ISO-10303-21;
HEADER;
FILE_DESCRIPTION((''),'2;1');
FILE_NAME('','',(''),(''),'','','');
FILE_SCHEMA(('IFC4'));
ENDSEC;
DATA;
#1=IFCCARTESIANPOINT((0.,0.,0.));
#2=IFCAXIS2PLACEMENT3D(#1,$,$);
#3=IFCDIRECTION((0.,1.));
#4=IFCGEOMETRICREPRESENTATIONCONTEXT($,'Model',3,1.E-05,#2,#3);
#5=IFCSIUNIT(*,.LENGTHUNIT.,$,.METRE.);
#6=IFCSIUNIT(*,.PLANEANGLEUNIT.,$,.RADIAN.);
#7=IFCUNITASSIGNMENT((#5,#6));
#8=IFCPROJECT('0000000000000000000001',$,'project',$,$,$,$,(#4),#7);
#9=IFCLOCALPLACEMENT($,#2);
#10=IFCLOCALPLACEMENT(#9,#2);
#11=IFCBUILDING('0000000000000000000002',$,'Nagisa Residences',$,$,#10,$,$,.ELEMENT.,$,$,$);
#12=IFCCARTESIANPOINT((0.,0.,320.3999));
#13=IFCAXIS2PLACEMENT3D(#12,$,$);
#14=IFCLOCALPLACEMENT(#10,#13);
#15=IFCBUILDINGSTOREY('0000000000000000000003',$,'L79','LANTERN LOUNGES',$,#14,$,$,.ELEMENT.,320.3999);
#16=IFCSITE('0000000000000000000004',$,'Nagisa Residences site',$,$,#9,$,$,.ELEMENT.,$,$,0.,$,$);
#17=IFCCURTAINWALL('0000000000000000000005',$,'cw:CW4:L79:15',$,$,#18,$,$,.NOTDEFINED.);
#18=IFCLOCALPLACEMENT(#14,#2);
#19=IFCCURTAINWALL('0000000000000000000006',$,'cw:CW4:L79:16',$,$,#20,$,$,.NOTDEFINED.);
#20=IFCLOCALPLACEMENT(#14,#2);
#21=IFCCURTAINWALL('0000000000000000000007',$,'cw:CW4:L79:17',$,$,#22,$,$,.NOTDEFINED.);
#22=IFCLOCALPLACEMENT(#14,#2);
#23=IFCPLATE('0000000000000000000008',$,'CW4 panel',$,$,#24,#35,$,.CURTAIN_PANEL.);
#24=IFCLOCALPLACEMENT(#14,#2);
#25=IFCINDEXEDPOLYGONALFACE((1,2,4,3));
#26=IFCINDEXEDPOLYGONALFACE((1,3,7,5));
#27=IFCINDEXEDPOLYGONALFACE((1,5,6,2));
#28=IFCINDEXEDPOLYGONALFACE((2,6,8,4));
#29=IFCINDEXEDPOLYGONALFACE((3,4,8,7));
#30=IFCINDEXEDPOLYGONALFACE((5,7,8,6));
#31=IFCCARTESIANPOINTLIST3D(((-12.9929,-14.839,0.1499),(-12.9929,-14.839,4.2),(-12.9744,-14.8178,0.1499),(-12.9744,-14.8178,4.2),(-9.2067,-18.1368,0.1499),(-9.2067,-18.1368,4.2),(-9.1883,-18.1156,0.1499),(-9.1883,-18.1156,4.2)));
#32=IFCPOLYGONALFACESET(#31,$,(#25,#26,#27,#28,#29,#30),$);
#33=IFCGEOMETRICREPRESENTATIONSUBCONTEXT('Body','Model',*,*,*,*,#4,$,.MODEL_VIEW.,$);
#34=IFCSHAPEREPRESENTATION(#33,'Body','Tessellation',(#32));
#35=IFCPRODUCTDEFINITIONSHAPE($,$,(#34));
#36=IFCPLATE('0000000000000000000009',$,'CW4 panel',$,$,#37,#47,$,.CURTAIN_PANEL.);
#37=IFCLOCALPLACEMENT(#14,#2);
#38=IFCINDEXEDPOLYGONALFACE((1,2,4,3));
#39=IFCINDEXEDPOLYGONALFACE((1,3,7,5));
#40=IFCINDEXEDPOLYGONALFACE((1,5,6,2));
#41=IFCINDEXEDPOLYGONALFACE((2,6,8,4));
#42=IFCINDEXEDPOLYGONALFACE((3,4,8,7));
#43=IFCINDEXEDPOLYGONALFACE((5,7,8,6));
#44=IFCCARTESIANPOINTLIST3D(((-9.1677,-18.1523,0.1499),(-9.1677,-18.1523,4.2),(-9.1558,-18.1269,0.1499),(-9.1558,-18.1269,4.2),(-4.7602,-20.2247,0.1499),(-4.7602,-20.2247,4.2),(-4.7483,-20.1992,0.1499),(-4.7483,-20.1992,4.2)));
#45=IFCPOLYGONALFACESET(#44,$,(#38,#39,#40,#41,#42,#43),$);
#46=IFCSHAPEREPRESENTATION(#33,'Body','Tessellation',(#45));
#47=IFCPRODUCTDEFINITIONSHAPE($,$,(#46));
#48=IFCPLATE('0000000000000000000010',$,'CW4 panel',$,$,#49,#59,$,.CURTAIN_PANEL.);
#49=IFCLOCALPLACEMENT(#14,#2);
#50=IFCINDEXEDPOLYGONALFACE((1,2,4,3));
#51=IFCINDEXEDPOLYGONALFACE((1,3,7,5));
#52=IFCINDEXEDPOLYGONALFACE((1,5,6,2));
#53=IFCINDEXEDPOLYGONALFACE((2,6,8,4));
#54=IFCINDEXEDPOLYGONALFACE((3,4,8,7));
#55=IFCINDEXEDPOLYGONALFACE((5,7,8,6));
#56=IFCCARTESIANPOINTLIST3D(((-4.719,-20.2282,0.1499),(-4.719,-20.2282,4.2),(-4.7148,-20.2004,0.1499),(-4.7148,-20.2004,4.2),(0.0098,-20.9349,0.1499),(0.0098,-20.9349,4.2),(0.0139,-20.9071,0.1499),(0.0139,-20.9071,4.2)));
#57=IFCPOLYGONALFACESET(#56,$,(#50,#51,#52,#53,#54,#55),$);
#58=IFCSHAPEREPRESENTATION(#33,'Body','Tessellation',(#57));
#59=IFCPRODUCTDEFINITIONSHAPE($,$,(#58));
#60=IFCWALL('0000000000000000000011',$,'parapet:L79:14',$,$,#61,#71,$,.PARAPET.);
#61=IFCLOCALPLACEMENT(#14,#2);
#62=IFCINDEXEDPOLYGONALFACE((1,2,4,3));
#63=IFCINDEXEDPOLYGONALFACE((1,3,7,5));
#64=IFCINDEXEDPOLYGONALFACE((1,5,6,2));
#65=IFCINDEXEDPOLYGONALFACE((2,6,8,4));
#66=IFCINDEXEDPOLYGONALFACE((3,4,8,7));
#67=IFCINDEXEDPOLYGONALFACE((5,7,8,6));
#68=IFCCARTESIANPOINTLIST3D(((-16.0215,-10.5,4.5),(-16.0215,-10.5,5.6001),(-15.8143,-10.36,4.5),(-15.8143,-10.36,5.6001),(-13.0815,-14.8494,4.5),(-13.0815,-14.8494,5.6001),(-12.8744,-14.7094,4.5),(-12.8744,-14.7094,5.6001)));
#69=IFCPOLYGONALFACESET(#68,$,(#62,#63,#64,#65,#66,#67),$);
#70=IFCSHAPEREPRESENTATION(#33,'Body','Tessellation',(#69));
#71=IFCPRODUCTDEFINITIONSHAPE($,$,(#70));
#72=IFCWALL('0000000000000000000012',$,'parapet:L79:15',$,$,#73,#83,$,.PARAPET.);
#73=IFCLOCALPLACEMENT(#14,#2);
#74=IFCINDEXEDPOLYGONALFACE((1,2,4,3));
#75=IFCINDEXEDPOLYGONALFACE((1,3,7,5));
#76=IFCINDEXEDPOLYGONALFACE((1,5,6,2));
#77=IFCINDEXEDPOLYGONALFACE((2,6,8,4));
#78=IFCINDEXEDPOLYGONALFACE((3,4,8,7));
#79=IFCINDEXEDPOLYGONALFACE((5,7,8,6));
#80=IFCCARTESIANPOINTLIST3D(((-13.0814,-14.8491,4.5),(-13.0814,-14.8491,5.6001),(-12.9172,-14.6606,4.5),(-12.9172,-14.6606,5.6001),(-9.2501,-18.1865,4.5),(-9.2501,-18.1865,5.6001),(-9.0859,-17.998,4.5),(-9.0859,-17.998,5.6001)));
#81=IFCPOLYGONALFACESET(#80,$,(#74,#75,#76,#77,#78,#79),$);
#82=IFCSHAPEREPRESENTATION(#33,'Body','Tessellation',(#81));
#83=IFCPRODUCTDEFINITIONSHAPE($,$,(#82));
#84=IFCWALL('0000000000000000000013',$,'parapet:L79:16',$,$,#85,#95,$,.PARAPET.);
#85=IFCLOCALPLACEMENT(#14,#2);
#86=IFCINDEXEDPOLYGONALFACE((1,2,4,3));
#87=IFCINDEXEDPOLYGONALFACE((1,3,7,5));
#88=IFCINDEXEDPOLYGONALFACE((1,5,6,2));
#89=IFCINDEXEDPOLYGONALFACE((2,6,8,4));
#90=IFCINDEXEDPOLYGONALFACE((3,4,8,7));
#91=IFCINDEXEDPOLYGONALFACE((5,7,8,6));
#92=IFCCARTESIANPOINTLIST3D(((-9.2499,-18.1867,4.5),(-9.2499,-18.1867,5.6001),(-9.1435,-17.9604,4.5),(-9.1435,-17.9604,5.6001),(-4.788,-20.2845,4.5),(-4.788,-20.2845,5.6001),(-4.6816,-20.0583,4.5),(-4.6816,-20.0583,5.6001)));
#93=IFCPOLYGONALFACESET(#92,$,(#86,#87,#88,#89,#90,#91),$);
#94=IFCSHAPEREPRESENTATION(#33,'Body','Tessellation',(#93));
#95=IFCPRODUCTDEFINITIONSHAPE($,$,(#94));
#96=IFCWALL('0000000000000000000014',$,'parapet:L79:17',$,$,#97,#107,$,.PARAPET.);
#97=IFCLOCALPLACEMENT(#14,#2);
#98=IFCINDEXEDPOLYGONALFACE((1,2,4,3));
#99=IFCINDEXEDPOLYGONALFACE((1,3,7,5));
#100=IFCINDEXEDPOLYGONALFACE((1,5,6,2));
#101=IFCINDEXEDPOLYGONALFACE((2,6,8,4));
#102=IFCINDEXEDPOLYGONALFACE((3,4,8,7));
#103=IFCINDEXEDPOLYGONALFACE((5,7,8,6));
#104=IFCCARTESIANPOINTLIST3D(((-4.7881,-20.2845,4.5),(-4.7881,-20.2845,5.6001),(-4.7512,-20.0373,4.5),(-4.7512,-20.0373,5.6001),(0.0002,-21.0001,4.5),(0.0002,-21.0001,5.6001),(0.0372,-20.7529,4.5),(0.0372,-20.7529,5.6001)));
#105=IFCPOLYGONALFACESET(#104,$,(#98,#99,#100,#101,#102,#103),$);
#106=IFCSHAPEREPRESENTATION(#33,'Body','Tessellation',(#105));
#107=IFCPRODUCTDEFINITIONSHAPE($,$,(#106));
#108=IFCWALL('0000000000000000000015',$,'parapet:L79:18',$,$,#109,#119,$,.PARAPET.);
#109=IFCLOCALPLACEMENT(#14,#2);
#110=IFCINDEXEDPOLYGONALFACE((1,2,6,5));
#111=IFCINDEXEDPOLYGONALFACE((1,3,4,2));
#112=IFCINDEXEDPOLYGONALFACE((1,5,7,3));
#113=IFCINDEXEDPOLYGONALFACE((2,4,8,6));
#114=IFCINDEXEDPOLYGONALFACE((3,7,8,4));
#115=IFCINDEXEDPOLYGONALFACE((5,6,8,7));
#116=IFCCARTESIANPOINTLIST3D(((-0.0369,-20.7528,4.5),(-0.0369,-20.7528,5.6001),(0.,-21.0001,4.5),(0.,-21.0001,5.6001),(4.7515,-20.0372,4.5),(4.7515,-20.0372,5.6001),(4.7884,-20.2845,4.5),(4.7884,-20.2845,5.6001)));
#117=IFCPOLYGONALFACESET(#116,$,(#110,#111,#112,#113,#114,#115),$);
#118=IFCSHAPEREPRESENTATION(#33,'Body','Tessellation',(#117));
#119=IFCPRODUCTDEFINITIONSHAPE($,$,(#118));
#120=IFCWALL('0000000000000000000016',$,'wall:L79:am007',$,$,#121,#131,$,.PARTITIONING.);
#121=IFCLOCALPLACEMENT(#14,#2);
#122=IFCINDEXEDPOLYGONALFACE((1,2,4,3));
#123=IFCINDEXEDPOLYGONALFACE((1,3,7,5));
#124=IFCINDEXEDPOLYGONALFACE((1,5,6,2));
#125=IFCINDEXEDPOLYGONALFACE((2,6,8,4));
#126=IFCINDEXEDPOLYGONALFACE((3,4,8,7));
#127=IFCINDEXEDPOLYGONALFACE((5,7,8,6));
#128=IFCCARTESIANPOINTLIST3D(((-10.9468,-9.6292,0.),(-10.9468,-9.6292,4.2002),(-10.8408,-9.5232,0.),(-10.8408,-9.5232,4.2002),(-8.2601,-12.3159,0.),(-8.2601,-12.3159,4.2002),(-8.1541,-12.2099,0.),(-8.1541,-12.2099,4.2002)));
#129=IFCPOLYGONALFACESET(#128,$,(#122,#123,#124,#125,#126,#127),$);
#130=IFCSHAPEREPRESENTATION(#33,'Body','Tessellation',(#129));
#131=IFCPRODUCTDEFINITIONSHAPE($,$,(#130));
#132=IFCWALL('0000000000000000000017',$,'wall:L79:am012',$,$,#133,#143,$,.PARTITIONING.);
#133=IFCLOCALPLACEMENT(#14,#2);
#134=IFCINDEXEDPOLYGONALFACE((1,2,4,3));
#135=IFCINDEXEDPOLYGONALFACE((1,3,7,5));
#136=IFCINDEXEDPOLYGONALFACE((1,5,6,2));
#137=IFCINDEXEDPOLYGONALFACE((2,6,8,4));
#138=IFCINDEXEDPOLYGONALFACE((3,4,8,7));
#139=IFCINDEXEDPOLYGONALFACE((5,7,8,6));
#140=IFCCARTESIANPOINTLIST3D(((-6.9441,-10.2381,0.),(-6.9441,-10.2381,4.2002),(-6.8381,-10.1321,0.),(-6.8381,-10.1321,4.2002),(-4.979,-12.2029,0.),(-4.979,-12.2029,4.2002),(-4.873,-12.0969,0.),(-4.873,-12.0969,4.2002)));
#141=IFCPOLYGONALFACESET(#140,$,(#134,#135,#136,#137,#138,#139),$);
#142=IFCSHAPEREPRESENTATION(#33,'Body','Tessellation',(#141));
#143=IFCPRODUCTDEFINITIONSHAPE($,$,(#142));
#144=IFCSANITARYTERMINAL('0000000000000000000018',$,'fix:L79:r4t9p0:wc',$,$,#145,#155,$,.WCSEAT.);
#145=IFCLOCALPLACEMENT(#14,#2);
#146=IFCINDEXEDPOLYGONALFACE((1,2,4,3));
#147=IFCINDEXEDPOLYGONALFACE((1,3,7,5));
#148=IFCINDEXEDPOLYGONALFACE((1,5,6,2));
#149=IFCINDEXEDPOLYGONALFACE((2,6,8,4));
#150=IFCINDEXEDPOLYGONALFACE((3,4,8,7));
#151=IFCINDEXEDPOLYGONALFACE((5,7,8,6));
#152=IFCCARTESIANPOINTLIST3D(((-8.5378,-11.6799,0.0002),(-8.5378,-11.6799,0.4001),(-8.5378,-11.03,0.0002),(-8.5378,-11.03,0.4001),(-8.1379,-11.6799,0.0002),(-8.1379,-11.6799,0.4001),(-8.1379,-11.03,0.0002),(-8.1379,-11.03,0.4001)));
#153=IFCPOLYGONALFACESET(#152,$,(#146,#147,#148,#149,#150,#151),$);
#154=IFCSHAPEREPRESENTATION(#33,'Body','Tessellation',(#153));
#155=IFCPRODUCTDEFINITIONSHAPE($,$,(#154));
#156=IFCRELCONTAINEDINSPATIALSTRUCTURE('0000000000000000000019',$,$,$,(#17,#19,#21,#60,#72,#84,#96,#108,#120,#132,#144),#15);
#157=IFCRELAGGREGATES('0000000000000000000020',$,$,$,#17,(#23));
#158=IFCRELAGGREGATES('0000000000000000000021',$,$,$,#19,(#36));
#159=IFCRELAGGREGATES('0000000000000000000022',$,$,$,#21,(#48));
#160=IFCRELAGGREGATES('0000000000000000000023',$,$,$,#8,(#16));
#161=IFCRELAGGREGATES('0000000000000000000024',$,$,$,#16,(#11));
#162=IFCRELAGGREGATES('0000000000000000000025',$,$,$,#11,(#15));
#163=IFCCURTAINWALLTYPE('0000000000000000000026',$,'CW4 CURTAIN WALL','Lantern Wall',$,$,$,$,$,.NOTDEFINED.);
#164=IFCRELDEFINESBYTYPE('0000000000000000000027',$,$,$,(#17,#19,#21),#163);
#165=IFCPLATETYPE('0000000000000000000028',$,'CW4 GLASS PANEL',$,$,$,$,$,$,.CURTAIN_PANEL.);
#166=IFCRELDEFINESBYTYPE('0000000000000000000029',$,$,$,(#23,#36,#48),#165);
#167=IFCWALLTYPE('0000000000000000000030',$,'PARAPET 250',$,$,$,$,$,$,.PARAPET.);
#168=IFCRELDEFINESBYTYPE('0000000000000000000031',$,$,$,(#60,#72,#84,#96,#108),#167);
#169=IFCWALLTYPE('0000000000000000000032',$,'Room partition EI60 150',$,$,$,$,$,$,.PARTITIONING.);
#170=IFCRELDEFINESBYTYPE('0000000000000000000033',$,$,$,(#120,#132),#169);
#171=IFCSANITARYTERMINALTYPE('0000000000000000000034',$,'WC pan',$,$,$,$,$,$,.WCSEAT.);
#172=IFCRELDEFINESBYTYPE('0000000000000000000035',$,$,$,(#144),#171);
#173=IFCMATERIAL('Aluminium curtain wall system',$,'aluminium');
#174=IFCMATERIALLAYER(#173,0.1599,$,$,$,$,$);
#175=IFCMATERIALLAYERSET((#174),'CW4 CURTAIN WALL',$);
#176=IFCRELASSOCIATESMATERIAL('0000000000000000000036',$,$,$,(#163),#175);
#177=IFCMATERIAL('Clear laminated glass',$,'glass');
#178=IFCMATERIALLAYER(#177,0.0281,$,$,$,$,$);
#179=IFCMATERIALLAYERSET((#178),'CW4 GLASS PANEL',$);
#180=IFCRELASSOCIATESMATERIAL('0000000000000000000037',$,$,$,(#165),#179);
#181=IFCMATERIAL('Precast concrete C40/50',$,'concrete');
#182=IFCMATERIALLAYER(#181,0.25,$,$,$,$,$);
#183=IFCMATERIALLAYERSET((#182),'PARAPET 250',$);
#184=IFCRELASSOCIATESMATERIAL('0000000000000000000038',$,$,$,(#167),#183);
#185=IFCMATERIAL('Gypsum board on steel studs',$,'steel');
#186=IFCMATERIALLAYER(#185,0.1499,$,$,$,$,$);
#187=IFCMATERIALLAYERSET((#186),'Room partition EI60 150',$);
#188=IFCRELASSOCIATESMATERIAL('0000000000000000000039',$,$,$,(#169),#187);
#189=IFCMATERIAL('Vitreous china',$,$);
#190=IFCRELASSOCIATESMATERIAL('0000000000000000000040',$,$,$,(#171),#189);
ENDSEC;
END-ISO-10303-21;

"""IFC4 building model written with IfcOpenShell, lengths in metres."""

from ifc_helpers import new_model, si_unit, direction, frame, frame_2d, origin, origin_2d, place, context, subcontext, project, spatial, rectangle, extrude, material, layer, layer_set, type_object, element, aggregate, save


model = new_model("IFC4")

# Units and contexts
model_context = context("Model", 3, precision=1e-05, world=origin(), true_north=direction((0.0, 1.0)))
body_context = subcontext(model_context, "Body", "Model", "MODEL_VIEW")
ifc_project = project(units=[si_unit("LENGTHUNIT", "METRE"), si_unit("PLANEANGLEUNIT", "RADIAN")], contexts=[model_context])

# Site, building, storey
site_placement = place(None, origin())
site = spatial("IfcSite", under=ifc_project, at=site_placement, Name="Nagisa Residences site", CompositionType="ELEMENT", RefElevation=0.0)
building_placement = place(site_placement, origin())
building = spatial("IfcBuilding", under=site, at=building_placement, Name="Nagisa Residences", CompositionType="ELEMENT")
storey_placement = place(building_placement, frame((0.0, 0.0, 320.3999)))
storey = spatial("IfcBuildingStorey", under=building, at=storey_placement, Name="L79", Description="LANTERN LOUNGES", CompositionType="ELEMENT", Elevation=320.3999)

# Curtain walls
ifc_material_1 = material(Name="Aluminium curtain wall system", Category="aluminium")
ifc_layer_1 = layer(ifc_material_1, 0.1599)
ifc_layer_set_1 = layer_set([ifc_layer_1], Name="CW4 CURTAIN WALL")
curtain_wall_type = type_object("IfcCurtainWallType", Name="CW4 CURTAIN WALL", Description="Lantern Wall", PredefinedType="NOTDEFINED", material=ifc_layer_set_1)
curtain_wall_1_placement = place(storey_placement, origin())
curtain_wall_1 = element("IfcCurtainWall", 1, at=curtain_wall_1_placement, inside=storey, type_object=curtain_wall_type, Name="cw:CW4:L79:15", PredefinedType="NOTDEFINED")
curtain_wall_2_placement = place(storey_placement, origin())
curtain_wall_2 = element("IfcCurtainWall", 2, at=curtain_wall_2_placement, inside=storey, type_object=curtain_wall_type, Name="cw:CW4:L79:16", PredefinedType="NOTDEFINED")
curtain_wall_3_placement = place(storey_placement, origin())
curtain_wall_3 = element("IfcCurtainWall", 3, at=curtain_wall_3_placement, inside=storey, type_object=curtain_wall_type, Name="cw:CW4:L79:17", PredefinedType="NOTDEFINED")

# Plates
ifc_material_2 = material(Name="Clear laminated glass", Category="glass")
ifc_layer_2 = layer(ifc_material_2, 0.0281)
ifc_layer_set_2 = layer_set([ifc_layer_2], Name="CW4 GLASS PANEL")
plate_type = type_object("IfcPlateType", Name="CW4 GLASS PANEL", PredefinedType="CURTAIN_PANEL", material=ifc_layer_set_2)
plate_1_placement = place(storey_placement, frame((-11.0906, -16.4773, 0.1499), z_axis=(0.0, 0.0, 1.0), x_axis=(0.754062, -0.656803, 0.0)))
plate_1 = element("IfcPlate", 4, at=plate_1_placement, type_object=plate_type, Name="CW4 panel", PredefinedType="CURTAIN_PANEL", context=body_context, shape_type="SweptSolid", body=[
    extrude(rectangle(XDim=5.021, YDim=0.0281, at=origin_2d()), origin(), (0.0, 0.0, 1.0), 4.05),
])
aggregate(curtain_wall_1, [plate_1])
plate_2_placement = place(storey_placement, frame((-6.958, -19.1758, 0.1499), z_axis=(0.0, 0.0, 1.0), x_axis=(0.904958, -0.425501, 0.0)))
plate_2 = element("IfcPlate", 5, at=plate_2_placement, type_object=plate_type, Name="CW4 panel", PredefinedType="CURTAIN_PANEL", context=body_context, shape_type="SweptSolid", body=[
    extrude(rectangle(XDim=4.8704, YDim=0.0281, at=origin_2d()), origin(), (0.0, 0.0, 1.0), 4.05),
])
aggregate(curtain_wall_2, [plate_2])
plate_3_placement = place(storey_placement, frame((-2.3525, -20.5676, 0.1499), z_axis=(0.0, 0.0, 1.0), x_axis=(0.989017, -0.147802, 0.0)))
plate_3 = element("IfcPlate", 6, at=plate_3_placement, type_object=plate_type, Name="CW4 panel", PredefinedType="CURTAIN_PANEL", context=body_context, shape_type="SweptSolid", body=[
    extrude(rectangle(XDim=4.7812, YDim=0.0281, at=origin_2d()), origin(), (0.0, 0.0, 1.0), 4.05),
])
aggregate(curtain_wall_3, [plate_3])

# Walls
ifc_material_3 = material(Name="Precast concrete C40/50", Category="concrete")
ifc_layer_3 = layer(ifc_material_3, 0.25)
ifc_layer_set_3 = layer_set([ifc_layer_3], Name="PARAPET 250")
wall_type_1 = type_object("IfcWallType", Name="PARAPET 250", PredefinedType="PARAPET", material=ifc_layer_set_3)
wall_1_placement = place(storey_placement, frame((-15.918, -10.4299, 4.5), z_axis=(0.0, 0.0, 1.0), x_axis=(0.560012, -0.828485, 0.0)))
element("IfcWall", 7, at=wall_1_placement, inside=storey, type_object=wall_type_1, Name="parapet:L79:14", PredefinedType="PARAPET", context=body_context, shape_type="SweptSolid", body=[
    extrude(rectangle(XDim=5.2498, YDim=0.25, at=frame_2d((2.625, 0.0))), origin(), (0.0, 0.0, 1.0), 1.1001),
])
wall_2_placement = place(storey_placement, frame((-12.9993, -14.7549, 4.5), z_axis=(0.0, 0.0, 1.0), x_axis=(0.754036, -0.656833, 0.0)))
element("IfcWall", 8, at=wall_2_placement, inside=storey, type_object=wall_type_1, Name="parapet:L79:15", PredefinedType="PARAPET", context=body_context, shape_type="SweptSolid", body=[
    extrude(rectangle(XDim=5.0811, YDim=0.25, at=frame_2d((2.5405, 0.0))), origin(), (0.0, 0.0, 1.0), 1.1001),
])
wall_3_placement = place(storey_placement, frame((-9.1968, -18.0735, 4.5), z_axis=(0.0, 0.0, 1.0), x_axis=(0.904961, -0.425494, 0.0)))
element("IfcWall", 9, at=wall_3_placement, inside=storey, type_object=wall_type_1, Name="parapet:L79:16", PredefinedType="PARAPET", context=body_context, shape_type="SweptSolid", body=[
    extrude(rectangle(XDim=4.9304, YDim=0.25, at=frame_2d((2.4653, 0.0))), origin(), (0.0, 0.0, 1.0), 1.1001),
])
for number, where, z_axis, x_axis, name in (
    (10, (-4.7698, -20.1609, 4.5), (0.0, 0.0, 1.0), (0.989017, -0.1478, 0.0), "parapet:L79:17"),
    (11, (-0.0186, -20.8765, 4.5), (0.0, 0.0, 1.0), (0.989017, 0.1478, 0.0), "parapet:L79:18"),
):
    element("IfcWall", number, at=place(storey_placement, frame(where, z_axis=z_axis, x_axis=x_axis)), inside=storey, type_object=wall_type_1, Name=name, PredefinedType="PARAPET", context=body_context, shape_type="SweptSolid", body=[
        extrude(rectangle(XDim=4.8416, YDim=0.25, at=frame_2d((2.4209, 0.0))), origin(), (0.0, 0.0, 1.0), 1.1001),
    ])
ifc_material_4 = material(Name="Gypsum board on steel studs", Category="steel")
ifc_layer_4 = layer(ifc_material_4, 0.1499)
ifc_layer_set_4 = layer_set([ifc_layer_4], Name="Room partition EI60 150")
wall_type_2 = type_object("IfcWallType", Name="Room partition EI60 150", PredefinedType="PARTITIONING", material=ifc_layer_set_4)
wall_4_placement = place(storey_placement, frame((-8.207, -12.2629, 0.0), z_axis=(0.0, 0.0, 1.0), x_axis=(-0.707107, 0.707107, 0.0)))
element("IfcWall", 12, at=wall_4_placement, inside=storey, type_object=wall_type_2, Name="wall:L79:am007", PredefinedType="PARTITIONING", context=body_context, shape_type="SweptSolid", body=[
    extrude(rectangle(XDim=3.7996, YDim=0.1499, at=frame_2d((1.8999, 0.0))), origin(), (0.0, 0.0, 1.0), 4.2002),
])
wall_5_placement = place(storey_placement, frame((-4.926, -12.1499, 0.0), z_axis=(0.0, 0.0, 1.0), x_axis=(-0.707151, 0.707063, 0.0)))
element("IfcWall", 13, at=wall_5_placement, inside=storey, type_object=wall_type_2, Name="wall:L79:am012", PredefinedType="PARTITIONING", context=body_context, shape_type="SweptSolid", body=[
    extrude(rectangle(XDim=2.7788, YDim=0.1499, at=frame_2d((1.3894, 0.0))), origin(), (0.0, 0.0, 1.0), 4.2002),
])

# Sanitary terminal
ifc_material_5 = material(Name="Vitreous china")
sanitary_terminal_type = type_object("IfcSanitaryTerminalType", Name="WC pan", PredefinedType="WCSEAT", material=ifc_material_5)
sanitary_terminal_placement = place(storey_placement, frame((-8.3379, -11.355, 0.0002), z_axis=(0.0, 0.0, 1.0), x_axis=(1.0, 0.0, 0.0)))
element("IfcSanitaryTerminal", 14, at=sanitary_terminal_placement, inside=storey, type_object=sanitary_terminal_type, Name="fix:L79:r4t9p0:wc", PredefinedType="WCSEAT", context=body_context, shape_type="SweptSolid", body=[
    extrude(rectangle(XDim=0.3999, YDim=0.6499, at=origin_2d()), origin(), (0.0, 0.0, 1.0), 0.3999),
])

save(model, "model.ifc")
